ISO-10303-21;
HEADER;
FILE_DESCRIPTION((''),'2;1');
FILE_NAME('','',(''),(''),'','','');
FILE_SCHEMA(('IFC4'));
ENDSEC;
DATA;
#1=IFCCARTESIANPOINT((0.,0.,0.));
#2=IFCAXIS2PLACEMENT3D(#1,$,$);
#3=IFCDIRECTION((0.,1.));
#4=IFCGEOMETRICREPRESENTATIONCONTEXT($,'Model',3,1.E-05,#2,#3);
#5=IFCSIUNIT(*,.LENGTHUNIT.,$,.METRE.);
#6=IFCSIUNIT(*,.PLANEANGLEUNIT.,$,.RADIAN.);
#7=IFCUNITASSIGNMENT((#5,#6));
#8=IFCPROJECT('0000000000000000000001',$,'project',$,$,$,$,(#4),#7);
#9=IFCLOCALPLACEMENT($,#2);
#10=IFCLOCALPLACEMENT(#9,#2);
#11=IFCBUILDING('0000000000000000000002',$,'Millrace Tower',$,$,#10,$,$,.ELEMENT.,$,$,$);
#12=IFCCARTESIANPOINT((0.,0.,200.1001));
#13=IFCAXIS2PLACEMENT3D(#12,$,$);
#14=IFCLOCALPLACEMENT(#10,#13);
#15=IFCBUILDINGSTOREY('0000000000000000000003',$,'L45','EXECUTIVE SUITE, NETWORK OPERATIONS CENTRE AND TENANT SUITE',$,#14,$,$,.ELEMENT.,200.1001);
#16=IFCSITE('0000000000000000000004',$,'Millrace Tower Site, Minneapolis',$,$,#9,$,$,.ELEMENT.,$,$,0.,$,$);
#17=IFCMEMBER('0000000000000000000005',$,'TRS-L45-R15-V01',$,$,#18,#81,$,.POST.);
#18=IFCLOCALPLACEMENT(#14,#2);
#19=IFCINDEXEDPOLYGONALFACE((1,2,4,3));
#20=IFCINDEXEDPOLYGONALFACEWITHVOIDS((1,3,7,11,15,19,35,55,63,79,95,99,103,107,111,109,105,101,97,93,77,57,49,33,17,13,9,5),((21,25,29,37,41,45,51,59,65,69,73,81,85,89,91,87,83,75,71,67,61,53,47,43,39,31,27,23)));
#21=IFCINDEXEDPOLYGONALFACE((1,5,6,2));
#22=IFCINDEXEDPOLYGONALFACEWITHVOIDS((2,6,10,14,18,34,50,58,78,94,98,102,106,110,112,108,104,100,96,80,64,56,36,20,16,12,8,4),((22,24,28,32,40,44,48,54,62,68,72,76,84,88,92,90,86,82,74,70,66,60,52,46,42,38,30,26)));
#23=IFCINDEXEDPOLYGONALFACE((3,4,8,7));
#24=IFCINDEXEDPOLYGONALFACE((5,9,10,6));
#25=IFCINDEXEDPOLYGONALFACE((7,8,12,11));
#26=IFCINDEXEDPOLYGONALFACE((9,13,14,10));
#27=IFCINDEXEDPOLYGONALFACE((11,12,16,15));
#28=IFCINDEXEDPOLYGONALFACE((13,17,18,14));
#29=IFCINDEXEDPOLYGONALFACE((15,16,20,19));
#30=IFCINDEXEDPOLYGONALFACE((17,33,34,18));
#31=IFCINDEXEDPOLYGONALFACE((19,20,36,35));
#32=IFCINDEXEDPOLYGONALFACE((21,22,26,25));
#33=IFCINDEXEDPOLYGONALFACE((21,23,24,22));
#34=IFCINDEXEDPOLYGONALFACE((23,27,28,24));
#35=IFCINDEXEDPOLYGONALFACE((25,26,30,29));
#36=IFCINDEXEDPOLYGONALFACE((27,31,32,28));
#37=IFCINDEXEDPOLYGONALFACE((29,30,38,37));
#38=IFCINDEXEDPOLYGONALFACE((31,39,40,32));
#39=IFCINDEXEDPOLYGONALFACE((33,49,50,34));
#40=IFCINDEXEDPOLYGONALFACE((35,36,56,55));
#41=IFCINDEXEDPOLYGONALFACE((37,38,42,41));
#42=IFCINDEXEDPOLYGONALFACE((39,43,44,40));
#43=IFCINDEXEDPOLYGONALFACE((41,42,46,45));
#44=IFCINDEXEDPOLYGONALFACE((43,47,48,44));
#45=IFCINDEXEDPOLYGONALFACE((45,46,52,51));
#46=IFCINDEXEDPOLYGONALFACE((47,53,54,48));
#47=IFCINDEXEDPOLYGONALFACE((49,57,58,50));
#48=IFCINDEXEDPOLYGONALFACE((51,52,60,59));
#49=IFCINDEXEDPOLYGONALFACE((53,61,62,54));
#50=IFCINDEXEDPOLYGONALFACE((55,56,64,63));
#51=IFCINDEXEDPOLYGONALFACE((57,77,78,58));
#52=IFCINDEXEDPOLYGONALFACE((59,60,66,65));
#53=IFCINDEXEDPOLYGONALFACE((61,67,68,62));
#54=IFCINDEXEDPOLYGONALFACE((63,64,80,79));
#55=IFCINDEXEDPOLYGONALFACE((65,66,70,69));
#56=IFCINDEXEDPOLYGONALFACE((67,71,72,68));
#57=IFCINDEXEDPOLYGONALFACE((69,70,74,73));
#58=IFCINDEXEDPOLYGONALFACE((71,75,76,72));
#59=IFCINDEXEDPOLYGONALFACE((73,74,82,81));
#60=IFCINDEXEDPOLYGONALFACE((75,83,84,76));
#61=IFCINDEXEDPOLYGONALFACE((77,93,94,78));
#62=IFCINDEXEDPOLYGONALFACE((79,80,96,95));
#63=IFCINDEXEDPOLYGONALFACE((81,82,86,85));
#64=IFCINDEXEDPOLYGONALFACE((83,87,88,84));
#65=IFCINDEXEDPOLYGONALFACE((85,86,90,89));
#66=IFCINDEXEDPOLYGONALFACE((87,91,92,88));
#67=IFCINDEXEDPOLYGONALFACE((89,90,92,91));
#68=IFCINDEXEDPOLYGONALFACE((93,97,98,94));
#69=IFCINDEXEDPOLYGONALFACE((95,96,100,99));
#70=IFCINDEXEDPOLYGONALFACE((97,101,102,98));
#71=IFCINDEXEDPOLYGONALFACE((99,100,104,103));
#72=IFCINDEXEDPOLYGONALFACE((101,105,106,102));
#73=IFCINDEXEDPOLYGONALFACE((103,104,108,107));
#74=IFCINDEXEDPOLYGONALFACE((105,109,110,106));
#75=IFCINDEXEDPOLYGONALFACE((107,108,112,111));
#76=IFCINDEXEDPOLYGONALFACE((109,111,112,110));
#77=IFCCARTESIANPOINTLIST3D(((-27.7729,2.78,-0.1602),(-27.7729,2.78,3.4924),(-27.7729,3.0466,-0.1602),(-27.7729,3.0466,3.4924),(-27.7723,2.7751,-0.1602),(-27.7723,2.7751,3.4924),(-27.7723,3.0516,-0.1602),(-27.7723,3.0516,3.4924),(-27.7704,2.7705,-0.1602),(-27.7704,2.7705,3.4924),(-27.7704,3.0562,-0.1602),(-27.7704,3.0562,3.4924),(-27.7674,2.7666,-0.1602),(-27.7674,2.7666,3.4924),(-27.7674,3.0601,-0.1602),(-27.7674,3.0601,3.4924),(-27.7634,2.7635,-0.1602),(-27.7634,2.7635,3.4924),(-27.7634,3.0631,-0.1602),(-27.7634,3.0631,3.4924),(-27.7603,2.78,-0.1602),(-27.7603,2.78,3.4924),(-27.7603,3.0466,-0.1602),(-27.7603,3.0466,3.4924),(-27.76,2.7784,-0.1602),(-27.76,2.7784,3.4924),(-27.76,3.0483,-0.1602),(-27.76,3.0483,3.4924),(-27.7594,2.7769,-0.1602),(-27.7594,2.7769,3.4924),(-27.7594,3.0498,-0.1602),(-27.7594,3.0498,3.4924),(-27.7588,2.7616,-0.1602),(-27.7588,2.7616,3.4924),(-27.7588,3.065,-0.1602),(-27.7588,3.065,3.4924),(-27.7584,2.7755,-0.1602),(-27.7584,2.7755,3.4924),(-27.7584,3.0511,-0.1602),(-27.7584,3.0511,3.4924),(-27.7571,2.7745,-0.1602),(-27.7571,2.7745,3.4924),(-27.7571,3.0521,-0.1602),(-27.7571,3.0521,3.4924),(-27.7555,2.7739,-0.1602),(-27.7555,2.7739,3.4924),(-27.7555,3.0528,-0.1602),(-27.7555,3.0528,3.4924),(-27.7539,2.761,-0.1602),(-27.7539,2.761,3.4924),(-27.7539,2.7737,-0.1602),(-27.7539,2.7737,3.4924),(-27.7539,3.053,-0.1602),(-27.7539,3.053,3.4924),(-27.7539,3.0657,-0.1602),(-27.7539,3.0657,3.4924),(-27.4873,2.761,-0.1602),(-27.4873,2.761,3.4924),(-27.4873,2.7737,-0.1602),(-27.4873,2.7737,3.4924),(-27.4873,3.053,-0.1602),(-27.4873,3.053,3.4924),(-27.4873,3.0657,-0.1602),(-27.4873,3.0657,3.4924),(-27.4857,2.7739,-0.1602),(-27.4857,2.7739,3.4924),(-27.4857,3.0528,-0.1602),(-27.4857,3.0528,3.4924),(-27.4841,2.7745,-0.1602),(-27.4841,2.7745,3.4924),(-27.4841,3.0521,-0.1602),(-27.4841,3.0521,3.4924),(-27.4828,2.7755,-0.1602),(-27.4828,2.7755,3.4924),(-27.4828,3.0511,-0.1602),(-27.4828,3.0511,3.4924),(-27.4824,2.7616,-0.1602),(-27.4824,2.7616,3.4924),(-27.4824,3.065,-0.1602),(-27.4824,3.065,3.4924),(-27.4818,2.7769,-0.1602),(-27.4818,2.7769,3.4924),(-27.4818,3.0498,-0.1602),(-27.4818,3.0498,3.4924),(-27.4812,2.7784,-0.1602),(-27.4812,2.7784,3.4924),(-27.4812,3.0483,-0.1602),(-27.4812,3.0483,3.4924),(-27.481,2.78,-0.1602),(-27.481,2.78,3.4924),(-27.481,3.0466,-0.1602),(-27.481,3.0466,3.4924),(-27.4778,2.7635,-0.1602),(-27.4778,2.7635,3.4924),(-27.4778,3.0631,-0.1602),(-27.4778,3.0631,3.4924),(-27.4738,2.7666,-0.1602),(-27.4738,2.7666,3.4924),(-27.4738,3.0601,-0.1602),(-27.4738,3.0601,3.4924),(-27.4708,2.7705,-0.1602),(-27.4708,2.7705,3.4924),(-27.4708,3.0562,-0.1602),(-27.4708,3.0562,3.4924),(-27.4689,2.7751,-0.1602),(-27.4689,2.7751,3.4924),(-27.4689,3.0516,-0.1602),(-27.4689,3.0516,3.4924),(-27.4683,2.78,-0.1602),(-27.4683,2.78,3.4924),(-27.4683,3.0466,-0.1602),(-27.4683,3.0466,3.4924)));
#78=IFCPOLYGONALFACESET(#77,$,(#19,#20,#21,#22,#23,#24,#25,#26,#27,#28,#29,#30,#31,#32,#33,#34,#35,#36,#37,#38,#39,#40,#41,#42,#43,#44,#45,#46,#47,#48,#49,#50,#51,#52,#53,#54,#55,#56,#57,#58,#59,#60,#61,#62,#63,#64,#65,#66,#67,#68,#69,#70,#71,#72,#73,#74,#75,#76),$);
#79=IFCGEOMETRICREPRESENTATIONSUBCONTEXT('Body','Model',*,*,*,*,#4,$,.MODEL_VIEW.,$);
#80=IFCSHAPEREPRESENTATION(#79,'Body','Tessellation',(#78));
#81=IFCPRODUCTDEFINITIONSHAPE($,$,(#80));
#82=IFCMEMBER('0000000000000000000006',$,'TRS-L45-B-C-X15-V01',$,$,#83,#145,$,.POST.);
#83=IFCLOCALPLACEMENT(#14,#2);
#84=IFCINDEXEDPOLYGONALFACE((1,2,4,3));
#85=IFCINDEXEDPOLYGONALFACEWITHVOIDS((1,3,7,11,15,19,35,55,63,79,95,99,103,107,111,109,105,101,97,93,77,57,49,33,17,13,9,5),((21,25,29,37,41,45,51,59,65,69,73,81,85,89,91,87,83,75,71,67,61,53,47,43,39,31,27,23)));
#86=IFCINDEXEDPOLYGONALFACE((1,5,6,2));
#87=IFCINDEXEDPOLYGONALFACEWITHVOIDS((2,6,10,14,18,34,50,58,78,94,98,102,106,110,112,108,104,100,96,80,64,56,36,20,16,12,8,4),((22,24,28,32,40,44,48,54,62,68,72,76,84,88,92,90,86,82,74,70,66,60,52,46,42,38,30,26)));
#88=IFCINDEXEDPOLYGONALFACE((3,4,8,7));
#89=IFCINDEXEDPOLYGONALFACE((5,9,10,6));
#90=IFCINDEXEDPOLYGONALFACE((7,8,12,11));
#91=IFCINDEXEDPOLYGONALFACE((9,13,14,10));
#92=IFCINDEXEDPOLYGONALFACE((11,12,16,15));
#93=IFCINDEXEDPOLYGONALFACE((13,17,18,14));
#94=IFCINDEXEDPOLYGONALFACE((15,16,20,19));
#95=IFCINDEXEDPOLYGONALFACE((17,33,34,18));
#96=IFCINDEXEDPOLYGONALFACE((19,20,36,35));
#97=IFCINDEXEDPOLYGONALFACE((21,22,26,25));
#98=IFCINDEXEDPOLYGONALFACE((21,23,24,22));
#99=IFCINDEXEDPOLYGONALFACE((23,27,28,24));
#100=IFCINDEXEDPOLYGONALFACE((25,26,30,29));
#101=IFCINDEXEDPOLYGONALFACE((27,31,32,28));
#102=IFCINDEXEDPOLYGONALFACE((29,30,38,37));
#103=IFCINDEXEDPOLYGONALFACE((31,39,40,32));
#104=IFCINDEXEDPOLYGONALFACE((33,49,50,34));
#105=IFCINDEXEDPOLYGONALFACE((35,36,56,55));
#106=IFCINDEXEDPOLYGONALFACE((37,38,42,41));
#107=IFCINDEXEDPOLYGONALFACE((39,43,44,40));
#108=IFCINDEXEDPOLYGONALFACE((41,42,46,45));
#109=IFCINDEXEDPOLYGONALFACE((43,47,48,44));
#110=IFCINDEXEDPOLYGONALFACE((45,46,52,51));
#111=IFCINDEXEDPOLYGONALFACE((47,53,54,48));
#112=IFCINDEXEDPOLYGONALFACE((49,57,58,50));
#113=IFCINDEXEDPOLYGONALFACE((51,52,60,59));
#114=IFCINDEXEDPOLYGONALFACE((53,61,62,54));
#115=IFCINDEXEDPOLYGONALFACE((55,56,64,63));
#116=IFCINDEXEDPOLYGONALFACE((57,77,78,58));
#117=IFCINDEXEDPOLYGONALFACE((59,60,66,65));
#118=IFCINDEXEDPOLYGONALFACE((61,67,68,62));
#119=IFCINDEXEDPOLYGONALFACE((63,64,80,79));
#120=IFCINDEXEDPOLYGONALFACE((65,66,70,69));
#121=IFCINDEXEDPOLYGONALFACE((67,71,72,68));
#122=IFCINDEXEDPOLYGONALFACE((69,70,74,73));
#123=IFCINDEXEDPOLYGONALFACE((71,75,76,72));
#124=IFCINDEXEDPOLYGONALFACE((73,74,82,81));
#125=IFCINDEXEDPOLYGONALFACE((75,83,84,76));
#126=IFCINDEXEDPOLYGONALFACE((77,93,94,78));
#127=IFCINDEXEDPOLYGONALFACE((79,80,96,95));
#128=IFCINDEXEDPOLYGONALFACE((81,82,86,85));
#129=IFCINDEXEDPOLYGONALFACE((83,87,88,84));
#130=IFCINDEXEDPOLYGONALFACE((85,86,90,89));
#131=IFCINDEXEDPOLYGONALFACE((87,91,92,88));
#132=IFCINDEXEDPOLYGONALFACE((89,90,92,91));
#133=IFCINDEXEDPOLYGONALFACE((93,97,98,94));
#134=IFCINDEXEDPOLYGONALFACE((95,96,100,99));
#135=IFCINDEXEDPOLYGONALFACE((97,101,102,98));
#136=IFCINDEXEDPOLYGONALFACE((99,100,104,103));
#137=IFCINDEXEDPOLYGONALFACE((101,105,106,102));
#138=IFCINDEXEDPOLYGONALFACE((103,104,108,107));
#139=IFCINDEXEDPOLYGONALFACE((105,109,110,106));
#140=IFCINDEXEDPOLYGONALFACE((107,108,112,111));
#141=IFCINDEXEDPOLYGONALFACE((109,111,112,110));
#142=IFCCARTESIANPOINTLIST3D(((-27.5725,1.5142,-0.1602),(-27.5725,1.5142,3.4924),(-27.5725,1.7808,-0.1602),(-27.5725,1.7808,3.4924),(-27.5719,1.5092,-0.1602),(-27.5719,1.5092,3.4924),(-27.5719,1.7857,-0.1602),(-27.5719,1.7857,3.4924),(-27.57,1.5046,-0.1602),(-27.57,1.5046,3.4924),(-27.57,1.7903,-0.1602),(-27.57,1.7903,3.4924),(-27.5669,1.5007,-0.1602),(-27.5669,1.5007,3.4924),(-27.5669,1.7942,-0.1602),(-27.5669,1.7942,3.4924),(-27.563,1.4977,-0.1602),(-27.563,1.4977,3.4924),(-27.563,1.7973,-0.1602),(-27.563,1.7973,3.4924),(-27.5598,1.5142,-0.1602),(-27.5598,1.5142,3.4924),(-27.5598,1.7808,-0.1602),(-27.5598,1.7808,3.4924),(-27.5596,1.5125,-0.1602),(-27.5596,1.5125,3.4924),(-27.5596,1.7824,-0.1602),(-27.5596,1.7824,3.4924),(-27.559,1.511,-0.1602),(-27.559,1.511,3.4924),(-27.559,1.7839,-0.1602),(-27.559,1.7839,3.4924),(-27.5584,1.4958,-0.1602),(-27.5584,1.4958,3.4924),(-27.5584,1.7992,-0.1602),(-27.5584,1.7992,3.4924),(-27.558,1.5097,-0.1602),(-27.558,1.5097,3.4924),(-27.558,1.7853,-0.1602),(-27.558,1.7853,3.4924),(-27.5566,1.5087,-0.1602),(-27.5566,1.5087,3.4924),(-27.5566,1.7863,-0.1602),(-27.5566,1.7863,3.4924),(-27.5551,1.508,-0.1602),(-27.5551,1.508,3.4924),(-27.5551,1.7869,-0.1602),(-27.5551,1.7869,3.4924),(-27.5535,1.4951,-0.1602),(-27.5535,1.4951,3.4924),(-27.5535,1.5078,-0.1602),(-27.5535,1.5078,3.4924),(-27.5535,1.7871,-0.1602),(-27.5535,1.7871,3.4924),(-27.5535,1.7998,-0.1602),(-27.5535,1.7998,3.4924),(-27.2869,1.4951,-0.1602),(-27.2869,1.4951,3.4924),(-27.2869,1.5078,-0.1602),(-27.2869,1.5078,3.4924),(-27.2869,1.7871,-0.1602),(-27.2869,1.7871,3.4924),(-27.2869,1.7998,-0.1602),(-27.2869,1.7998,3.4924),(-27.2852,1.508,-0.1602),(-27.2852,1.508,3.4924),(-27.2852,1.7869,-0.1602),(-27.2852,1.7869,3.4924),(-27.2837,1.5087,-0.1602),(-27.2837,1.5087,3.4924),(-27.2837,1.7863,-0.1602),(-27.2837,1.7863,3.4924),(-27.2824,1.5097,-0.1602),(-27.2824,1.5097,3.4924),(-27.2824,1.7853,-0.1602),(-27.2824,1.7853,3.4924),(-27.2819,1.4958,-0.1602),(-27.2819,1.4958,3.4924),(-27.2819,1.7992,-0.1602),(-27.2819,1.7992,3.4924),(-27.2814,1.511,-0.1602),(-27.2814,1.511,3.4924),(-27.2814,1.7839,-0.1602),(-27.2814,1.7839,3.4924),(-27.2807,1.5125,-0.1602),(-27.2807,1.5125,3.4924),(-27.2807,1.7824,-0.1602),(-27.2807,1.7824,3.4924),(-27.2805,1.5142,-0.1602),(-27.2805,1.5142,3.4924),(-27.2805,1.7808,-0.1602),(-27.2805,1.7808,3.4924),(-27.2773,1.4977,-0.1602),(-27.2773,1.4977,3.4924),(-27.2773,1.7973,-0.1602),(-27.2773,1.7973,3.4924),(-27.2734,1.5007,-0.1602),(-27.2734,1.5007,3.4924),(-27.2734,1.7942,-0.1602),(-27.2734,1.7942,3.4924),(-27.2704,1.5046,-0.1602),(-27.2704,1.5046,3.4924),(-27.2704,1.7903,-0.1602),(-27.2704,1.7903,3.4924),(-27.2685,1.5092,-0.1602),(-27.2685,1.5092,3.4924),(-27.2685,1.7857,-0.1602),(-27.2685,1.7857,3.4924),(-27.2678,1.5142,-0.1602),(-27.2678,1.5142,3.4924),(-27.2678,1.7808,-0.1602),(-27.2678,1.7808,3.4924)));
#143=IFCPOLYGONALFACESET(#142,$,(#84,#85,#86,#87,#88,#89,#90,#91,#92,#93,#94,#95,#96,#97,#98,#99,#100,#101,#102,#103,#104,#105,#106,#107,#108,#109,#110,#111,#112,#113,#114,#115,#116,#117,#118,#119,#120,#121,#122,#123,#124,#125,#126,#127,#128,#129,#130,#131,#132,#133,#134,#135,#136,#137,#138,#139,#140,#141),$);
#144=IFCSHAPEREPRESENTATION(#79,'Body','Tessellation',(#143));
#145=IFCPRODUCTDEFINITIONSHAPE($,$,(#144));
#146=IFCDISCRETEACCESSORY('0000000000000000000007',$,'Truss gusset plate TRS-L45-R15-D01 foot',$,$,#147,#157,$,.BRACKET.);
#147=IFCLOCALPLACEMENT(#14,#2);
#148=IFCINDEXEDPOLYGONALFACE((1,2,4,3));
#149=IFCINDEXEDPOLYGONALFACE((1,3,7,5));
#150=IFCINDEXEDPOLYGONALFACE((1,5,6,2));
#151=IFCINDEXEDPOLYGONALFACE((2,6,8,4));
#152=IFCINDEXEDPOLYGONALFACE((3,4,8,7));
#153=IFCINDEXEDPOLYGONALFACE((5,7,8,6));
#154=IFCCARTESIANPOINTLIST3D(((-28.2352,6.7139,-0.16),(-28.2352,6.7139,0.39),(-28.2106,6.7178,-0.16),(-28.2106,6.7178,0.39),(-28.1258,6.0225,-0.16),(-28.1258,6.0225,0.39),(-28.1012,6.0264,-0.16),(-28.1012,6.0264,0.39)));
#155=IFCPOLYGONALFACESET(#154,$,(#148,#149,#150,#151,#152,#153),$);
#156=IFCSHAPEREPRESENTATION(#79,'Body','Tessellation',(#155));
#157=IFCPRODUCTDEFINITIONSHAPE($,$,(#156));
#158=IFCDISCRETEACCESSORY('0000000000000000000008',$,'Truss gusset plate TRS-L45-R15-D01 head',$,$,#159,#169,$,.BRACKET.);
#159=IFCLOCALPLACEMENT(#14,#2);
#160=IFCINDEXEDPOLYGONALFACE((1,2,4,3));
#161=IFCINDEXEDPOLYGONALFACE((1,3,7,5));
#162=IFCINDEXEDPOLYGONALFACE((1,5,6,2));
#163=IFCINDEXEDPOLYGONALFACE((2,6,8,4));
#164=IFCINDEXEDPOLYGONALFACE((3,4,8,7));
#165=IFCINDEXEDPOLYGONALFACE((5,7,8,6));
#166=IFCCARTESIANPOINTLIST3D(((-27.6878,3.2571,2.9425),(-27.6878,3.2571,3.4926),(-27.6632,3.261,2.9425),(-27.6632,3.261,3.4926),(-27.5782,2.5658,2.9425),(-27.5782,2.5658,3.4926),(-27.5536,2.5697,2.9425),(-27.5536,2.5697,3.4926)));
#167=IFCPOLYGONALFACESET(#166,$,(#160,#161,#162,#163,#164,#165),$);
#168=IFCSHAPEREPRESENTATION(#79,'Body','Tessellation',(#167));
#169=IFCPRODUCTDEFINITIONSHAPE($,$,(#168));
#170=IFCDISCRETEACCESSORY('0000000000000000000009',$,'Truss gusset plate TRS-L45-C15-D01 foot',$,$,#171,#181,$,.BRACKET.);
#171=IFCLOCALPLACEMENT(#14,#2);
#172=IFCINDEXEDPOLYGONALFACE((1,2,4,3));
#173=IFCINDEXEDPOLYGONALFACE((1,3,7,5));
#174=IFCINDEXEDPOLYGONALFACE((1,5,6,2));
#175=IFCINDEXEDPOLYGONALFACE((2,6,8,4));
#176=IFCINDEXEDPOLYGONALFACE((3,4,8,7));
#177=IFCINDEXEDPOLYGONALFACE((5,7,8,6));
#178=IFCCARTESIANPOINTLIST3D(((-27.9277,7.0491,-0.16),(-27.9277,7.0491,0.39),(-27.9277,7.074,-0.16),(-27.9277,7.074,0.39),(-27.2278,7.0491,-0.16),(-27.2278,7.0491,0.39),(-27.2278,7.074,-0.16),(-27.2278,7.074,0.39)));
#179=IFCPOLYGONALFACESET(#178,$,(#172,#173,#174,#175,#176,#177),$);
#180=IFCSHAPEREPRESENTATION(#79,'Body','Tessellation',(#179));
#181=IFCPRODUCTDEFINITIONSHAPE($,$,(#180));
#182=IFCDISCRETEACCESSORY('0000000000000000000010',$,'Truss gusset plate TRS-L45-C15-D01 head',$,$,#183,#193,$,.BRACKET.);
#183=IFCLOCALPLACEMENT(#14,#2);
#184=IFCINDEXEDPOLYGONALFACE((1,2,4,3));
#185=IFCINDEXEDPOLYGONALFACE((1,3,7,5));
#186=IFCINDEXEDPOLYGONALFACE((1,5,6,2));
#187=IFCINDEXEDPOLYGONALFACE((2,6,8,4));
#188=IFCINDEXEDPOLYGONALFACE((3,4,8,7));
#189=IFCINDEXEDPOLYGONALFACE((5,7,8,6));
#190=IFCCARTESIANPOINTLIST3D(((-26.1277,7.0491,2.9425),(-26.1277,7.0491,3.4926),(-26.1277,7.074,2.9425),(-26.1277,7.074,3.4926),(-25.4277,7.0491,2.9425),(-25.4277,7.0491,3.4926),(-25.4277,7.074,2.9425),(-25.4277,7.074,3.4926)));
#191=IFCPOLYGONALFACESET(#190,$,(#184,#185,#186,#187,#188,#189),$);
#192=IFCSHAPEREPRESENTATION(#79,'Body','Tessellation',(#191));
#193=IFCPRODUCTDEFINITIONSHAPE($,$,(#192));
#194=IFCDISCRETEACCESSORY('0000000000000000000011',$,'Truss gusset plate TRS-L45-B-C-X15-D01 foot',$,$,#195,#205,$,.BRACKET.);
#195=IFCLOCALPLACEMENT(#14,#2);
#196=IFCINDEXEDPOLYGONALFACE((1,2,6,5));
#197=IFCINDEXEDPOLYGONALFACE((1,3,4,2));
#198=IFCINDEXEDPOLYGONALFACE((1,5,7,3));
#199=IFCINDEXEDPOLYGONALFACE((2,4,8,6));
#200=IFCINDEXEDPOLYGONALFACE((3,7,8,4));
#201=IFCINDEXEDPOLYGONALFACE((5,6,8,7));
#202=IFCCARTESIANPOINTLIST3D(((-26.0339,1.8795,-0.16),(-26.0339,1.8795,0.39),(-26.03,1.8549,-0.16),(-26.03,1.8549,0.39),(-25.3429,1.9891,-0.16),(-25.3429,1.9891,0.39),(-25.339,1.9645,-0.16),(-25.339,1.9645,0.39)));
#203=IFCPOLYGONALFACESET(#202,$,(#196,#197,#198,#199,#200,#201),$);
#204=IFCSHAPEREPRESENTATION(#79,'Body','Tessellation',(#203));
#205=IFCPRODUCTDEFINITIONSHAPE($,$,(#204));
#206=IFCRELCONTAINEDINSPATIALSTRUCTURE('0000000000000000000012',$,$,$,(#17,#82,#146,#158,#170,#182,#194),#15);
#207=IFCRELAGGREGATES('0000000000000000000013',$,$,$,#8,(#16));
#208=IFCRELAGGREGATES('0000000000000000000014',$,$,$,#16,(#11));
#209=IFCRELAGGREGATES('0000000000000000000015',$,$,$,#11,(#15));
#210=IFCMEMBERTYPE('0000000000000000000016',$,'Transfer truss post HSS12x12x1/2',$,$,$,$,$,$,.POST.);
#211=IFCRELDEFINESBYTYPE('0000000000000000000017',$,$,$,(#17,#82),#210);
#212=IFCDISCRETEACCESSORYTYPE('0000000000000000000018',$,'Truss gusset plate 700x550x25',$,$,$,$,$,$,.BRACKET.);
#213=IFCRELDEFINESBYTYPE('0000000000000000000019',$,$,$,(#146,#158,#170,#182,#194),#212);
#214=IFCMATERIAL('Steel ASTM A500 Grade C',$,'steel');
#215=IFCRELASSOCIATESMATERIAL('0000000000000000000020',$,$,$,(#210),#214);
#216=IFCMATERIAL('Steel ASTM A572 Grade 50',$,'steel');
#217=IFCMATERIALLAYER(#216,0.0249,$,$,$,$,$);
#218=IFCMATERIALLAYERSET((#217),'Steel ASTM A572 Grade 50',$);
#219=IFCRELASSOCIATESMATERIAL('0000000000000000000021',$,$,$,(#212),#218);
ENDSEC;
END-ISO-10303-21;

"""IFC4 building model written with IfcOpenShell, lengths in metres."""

from ifc_helpers import new_model, si_unit, direction, frame, origin, origin_2d, place, context, subcontext, project, spatial, rectangle, hollow_rectangle, extrude, material, layer, layer_set, material_profile, profile_set, type_object, element, save


model = new_model("IFC4")

# Units and contexts
model_context = context("Model", 3, precision=1e-05, world=origin(), true_north=direction((0.0, 1.0)))
body_context = subcontext(model_context, "Body", "Model", "MODEL_VIEW")
ifc_project = project(units=[si_unit("LENGTHUNIT", "METRE"), si_unit("PLANEANGLEUNIT", "RADIAN")], contexts=[model_context])

# Site, building, storey
site_placement = place(None, origin())
site = spatial("IfcSite", under=ifc_project, at=site_placement, Name="Millrace Tower Site, Minneapolis", CompositionType="ELEMENT", RefElevation=0.0)
building_placement = place(site_placement, origin())
building = spatial("IfcBuilding", under=site, at=building_placement, Name="Millrace Tower", CompositionType="ELEMENT")
storey_placement = place(building_placement, frame((0.0, 0.0, 200.1001)))
storey = spatial("IfcBuildingStorey", under=building, at=storey_placement, Name="L45", Description="EXECUTIVE SUITE, NETWORK OPERATIONS CENTRE AND TENANT SUITE", CompositionType="ELEMENT", Elevation=200.1001)

# Members
ifc_material_1 = material(Name="Steel ASTM A500 Grade C", Category="steel")
ifc_material_profile_1 = material_profile(ifc_material_1, hollow_rectangle(XDim=0.3047, YDim=0.3047, WallThickness=0.0127, InnerFilletRadius=0.0063, OuterFilletRadius=0.019, at=origin_2d()))
ifc_profile_set_1 = profile_set([ifc_material_profile_1], Name="Steel ASTM A500 Grade C")
member_type_1 = type_object("IfcMemberType", Name="Transfer truss post HSS12x12x1/2", PredefinedType="POST", material=ifc_profile_set_1)
for number, where, z_axis, x_axis, name in (
    (1, (-27.6206, 2.9133, -0.1602), (0.0, 0.0, 1.0), (1.0, 0.0, 0.0), "TRS-L45-R15-V01"),
    (2, (-27.4202, 1.6475, -0.1602), (0.0, 0.0, 1.0), (1.0, 0.0, 0.0), "TRS-L45-B-C-X15-V01"),
):
    element("IfcMember", number, at=place(storey_placement, frame(where, z_axis=z_axis, x_axis=x_axis)), inside=storey, type_object=member_type_1, Name=name, PredefinedType="POST", context=body_context, shape_type="SweptSolid", body=[
        extrude(hollow_rectangle(XDim=0.3047, YDim=0.3047, WallThickness=0.0127, InnerFilletRadius=0.0063, OuterFilletRadius=0.019, at=origin_2d()), origin(), (0.0, 0.0, 1.0), 3.6526),
    ])

# Discrete accessories
ifc_material_2 = material(Name="Steel ASTM A572 Grade 50", Category="steel")
ifc_layer_1 = layer(ifc_material_2, 0.0249)
ifc_layer_set_1 = layer_set([ifc_layer_1], Name="Steel ASTM A572 Grade 50")
discrete_accessory_type = type_object("IfcDiscreteAccessoryType", Name="Truss gusset plate 700x550x25", PredefinedType="BRACKET", material=ifc_layer_set_1)
for number, where, z_axis, x_axis, name in (
    (3, (-28.2229, 6.7158, 0.115), (0.156249, -0.987718, 0.0), (0.987718, 0.156249, 0.0), "Truss gusset plate TRS-L45-R15-D01 foot"),
    (4, (-27.6755, 3.259, 3.2175), (0.156589, -0.987664, 0.0), (0.987664, 0.156589, 0.0), "Truss gusset plate TRS-L45-R15-D01 head"),
    (5, (-27.9277, 7.0615, 0.115), (1.0, 0.0, 0.0), (0.0, 1.0, 0.0), "Truss gusset plate TRS-L45-C15-D01 foot"),
    (6, (-26.1277, 7.0615, 3.2175), (1.0, 0.0, 0.0), (0.0, 1.0, 0.0), "Truss gusset plate TRS-L45-C15-D01 head"),
):
    element("IfcDiscreteAccessory", number, at=place(storey_placement, frame(where, z_axis=z_axis, x_axis=x_axis)), inside=storey, type_object=discrete_accessory_type, Name=name, PredefinedType="BRACKET", context=body_context, shape_type="SweptSolid", body=[
        extrude(rectangle(XDim=0.0249, YDim=0.55, at=origin_2d()), origin(), (0.0, 0.0, 1.0), 0.7),
    ])
discrete_accessory_1_placement = place(storey_placement, frame((-26.032, 1.8672, 0.115), z_axis=(0.987655, 0.156643, 0.0), x_axis=(-0.156643, 0.987655, 0.0)))
element("IfcDiscreteAccessory", 7, at=discrete_accessory_1_placement, inside=storey, type_object=discrete_accessory_type, Name="Truss gusset plate TRS-L45-B-C-X15-D01 foot", PredefinedType="BRACKET", context=body_context, shape_type="SweptSolid", body=[
    extrude(rectangle(XDim=0.0249, YDim=0.55, at=origin_2d()), origin(), (0.0, 0.0, 1.0), 0.6997),
])

save(model, "model.ifc")
